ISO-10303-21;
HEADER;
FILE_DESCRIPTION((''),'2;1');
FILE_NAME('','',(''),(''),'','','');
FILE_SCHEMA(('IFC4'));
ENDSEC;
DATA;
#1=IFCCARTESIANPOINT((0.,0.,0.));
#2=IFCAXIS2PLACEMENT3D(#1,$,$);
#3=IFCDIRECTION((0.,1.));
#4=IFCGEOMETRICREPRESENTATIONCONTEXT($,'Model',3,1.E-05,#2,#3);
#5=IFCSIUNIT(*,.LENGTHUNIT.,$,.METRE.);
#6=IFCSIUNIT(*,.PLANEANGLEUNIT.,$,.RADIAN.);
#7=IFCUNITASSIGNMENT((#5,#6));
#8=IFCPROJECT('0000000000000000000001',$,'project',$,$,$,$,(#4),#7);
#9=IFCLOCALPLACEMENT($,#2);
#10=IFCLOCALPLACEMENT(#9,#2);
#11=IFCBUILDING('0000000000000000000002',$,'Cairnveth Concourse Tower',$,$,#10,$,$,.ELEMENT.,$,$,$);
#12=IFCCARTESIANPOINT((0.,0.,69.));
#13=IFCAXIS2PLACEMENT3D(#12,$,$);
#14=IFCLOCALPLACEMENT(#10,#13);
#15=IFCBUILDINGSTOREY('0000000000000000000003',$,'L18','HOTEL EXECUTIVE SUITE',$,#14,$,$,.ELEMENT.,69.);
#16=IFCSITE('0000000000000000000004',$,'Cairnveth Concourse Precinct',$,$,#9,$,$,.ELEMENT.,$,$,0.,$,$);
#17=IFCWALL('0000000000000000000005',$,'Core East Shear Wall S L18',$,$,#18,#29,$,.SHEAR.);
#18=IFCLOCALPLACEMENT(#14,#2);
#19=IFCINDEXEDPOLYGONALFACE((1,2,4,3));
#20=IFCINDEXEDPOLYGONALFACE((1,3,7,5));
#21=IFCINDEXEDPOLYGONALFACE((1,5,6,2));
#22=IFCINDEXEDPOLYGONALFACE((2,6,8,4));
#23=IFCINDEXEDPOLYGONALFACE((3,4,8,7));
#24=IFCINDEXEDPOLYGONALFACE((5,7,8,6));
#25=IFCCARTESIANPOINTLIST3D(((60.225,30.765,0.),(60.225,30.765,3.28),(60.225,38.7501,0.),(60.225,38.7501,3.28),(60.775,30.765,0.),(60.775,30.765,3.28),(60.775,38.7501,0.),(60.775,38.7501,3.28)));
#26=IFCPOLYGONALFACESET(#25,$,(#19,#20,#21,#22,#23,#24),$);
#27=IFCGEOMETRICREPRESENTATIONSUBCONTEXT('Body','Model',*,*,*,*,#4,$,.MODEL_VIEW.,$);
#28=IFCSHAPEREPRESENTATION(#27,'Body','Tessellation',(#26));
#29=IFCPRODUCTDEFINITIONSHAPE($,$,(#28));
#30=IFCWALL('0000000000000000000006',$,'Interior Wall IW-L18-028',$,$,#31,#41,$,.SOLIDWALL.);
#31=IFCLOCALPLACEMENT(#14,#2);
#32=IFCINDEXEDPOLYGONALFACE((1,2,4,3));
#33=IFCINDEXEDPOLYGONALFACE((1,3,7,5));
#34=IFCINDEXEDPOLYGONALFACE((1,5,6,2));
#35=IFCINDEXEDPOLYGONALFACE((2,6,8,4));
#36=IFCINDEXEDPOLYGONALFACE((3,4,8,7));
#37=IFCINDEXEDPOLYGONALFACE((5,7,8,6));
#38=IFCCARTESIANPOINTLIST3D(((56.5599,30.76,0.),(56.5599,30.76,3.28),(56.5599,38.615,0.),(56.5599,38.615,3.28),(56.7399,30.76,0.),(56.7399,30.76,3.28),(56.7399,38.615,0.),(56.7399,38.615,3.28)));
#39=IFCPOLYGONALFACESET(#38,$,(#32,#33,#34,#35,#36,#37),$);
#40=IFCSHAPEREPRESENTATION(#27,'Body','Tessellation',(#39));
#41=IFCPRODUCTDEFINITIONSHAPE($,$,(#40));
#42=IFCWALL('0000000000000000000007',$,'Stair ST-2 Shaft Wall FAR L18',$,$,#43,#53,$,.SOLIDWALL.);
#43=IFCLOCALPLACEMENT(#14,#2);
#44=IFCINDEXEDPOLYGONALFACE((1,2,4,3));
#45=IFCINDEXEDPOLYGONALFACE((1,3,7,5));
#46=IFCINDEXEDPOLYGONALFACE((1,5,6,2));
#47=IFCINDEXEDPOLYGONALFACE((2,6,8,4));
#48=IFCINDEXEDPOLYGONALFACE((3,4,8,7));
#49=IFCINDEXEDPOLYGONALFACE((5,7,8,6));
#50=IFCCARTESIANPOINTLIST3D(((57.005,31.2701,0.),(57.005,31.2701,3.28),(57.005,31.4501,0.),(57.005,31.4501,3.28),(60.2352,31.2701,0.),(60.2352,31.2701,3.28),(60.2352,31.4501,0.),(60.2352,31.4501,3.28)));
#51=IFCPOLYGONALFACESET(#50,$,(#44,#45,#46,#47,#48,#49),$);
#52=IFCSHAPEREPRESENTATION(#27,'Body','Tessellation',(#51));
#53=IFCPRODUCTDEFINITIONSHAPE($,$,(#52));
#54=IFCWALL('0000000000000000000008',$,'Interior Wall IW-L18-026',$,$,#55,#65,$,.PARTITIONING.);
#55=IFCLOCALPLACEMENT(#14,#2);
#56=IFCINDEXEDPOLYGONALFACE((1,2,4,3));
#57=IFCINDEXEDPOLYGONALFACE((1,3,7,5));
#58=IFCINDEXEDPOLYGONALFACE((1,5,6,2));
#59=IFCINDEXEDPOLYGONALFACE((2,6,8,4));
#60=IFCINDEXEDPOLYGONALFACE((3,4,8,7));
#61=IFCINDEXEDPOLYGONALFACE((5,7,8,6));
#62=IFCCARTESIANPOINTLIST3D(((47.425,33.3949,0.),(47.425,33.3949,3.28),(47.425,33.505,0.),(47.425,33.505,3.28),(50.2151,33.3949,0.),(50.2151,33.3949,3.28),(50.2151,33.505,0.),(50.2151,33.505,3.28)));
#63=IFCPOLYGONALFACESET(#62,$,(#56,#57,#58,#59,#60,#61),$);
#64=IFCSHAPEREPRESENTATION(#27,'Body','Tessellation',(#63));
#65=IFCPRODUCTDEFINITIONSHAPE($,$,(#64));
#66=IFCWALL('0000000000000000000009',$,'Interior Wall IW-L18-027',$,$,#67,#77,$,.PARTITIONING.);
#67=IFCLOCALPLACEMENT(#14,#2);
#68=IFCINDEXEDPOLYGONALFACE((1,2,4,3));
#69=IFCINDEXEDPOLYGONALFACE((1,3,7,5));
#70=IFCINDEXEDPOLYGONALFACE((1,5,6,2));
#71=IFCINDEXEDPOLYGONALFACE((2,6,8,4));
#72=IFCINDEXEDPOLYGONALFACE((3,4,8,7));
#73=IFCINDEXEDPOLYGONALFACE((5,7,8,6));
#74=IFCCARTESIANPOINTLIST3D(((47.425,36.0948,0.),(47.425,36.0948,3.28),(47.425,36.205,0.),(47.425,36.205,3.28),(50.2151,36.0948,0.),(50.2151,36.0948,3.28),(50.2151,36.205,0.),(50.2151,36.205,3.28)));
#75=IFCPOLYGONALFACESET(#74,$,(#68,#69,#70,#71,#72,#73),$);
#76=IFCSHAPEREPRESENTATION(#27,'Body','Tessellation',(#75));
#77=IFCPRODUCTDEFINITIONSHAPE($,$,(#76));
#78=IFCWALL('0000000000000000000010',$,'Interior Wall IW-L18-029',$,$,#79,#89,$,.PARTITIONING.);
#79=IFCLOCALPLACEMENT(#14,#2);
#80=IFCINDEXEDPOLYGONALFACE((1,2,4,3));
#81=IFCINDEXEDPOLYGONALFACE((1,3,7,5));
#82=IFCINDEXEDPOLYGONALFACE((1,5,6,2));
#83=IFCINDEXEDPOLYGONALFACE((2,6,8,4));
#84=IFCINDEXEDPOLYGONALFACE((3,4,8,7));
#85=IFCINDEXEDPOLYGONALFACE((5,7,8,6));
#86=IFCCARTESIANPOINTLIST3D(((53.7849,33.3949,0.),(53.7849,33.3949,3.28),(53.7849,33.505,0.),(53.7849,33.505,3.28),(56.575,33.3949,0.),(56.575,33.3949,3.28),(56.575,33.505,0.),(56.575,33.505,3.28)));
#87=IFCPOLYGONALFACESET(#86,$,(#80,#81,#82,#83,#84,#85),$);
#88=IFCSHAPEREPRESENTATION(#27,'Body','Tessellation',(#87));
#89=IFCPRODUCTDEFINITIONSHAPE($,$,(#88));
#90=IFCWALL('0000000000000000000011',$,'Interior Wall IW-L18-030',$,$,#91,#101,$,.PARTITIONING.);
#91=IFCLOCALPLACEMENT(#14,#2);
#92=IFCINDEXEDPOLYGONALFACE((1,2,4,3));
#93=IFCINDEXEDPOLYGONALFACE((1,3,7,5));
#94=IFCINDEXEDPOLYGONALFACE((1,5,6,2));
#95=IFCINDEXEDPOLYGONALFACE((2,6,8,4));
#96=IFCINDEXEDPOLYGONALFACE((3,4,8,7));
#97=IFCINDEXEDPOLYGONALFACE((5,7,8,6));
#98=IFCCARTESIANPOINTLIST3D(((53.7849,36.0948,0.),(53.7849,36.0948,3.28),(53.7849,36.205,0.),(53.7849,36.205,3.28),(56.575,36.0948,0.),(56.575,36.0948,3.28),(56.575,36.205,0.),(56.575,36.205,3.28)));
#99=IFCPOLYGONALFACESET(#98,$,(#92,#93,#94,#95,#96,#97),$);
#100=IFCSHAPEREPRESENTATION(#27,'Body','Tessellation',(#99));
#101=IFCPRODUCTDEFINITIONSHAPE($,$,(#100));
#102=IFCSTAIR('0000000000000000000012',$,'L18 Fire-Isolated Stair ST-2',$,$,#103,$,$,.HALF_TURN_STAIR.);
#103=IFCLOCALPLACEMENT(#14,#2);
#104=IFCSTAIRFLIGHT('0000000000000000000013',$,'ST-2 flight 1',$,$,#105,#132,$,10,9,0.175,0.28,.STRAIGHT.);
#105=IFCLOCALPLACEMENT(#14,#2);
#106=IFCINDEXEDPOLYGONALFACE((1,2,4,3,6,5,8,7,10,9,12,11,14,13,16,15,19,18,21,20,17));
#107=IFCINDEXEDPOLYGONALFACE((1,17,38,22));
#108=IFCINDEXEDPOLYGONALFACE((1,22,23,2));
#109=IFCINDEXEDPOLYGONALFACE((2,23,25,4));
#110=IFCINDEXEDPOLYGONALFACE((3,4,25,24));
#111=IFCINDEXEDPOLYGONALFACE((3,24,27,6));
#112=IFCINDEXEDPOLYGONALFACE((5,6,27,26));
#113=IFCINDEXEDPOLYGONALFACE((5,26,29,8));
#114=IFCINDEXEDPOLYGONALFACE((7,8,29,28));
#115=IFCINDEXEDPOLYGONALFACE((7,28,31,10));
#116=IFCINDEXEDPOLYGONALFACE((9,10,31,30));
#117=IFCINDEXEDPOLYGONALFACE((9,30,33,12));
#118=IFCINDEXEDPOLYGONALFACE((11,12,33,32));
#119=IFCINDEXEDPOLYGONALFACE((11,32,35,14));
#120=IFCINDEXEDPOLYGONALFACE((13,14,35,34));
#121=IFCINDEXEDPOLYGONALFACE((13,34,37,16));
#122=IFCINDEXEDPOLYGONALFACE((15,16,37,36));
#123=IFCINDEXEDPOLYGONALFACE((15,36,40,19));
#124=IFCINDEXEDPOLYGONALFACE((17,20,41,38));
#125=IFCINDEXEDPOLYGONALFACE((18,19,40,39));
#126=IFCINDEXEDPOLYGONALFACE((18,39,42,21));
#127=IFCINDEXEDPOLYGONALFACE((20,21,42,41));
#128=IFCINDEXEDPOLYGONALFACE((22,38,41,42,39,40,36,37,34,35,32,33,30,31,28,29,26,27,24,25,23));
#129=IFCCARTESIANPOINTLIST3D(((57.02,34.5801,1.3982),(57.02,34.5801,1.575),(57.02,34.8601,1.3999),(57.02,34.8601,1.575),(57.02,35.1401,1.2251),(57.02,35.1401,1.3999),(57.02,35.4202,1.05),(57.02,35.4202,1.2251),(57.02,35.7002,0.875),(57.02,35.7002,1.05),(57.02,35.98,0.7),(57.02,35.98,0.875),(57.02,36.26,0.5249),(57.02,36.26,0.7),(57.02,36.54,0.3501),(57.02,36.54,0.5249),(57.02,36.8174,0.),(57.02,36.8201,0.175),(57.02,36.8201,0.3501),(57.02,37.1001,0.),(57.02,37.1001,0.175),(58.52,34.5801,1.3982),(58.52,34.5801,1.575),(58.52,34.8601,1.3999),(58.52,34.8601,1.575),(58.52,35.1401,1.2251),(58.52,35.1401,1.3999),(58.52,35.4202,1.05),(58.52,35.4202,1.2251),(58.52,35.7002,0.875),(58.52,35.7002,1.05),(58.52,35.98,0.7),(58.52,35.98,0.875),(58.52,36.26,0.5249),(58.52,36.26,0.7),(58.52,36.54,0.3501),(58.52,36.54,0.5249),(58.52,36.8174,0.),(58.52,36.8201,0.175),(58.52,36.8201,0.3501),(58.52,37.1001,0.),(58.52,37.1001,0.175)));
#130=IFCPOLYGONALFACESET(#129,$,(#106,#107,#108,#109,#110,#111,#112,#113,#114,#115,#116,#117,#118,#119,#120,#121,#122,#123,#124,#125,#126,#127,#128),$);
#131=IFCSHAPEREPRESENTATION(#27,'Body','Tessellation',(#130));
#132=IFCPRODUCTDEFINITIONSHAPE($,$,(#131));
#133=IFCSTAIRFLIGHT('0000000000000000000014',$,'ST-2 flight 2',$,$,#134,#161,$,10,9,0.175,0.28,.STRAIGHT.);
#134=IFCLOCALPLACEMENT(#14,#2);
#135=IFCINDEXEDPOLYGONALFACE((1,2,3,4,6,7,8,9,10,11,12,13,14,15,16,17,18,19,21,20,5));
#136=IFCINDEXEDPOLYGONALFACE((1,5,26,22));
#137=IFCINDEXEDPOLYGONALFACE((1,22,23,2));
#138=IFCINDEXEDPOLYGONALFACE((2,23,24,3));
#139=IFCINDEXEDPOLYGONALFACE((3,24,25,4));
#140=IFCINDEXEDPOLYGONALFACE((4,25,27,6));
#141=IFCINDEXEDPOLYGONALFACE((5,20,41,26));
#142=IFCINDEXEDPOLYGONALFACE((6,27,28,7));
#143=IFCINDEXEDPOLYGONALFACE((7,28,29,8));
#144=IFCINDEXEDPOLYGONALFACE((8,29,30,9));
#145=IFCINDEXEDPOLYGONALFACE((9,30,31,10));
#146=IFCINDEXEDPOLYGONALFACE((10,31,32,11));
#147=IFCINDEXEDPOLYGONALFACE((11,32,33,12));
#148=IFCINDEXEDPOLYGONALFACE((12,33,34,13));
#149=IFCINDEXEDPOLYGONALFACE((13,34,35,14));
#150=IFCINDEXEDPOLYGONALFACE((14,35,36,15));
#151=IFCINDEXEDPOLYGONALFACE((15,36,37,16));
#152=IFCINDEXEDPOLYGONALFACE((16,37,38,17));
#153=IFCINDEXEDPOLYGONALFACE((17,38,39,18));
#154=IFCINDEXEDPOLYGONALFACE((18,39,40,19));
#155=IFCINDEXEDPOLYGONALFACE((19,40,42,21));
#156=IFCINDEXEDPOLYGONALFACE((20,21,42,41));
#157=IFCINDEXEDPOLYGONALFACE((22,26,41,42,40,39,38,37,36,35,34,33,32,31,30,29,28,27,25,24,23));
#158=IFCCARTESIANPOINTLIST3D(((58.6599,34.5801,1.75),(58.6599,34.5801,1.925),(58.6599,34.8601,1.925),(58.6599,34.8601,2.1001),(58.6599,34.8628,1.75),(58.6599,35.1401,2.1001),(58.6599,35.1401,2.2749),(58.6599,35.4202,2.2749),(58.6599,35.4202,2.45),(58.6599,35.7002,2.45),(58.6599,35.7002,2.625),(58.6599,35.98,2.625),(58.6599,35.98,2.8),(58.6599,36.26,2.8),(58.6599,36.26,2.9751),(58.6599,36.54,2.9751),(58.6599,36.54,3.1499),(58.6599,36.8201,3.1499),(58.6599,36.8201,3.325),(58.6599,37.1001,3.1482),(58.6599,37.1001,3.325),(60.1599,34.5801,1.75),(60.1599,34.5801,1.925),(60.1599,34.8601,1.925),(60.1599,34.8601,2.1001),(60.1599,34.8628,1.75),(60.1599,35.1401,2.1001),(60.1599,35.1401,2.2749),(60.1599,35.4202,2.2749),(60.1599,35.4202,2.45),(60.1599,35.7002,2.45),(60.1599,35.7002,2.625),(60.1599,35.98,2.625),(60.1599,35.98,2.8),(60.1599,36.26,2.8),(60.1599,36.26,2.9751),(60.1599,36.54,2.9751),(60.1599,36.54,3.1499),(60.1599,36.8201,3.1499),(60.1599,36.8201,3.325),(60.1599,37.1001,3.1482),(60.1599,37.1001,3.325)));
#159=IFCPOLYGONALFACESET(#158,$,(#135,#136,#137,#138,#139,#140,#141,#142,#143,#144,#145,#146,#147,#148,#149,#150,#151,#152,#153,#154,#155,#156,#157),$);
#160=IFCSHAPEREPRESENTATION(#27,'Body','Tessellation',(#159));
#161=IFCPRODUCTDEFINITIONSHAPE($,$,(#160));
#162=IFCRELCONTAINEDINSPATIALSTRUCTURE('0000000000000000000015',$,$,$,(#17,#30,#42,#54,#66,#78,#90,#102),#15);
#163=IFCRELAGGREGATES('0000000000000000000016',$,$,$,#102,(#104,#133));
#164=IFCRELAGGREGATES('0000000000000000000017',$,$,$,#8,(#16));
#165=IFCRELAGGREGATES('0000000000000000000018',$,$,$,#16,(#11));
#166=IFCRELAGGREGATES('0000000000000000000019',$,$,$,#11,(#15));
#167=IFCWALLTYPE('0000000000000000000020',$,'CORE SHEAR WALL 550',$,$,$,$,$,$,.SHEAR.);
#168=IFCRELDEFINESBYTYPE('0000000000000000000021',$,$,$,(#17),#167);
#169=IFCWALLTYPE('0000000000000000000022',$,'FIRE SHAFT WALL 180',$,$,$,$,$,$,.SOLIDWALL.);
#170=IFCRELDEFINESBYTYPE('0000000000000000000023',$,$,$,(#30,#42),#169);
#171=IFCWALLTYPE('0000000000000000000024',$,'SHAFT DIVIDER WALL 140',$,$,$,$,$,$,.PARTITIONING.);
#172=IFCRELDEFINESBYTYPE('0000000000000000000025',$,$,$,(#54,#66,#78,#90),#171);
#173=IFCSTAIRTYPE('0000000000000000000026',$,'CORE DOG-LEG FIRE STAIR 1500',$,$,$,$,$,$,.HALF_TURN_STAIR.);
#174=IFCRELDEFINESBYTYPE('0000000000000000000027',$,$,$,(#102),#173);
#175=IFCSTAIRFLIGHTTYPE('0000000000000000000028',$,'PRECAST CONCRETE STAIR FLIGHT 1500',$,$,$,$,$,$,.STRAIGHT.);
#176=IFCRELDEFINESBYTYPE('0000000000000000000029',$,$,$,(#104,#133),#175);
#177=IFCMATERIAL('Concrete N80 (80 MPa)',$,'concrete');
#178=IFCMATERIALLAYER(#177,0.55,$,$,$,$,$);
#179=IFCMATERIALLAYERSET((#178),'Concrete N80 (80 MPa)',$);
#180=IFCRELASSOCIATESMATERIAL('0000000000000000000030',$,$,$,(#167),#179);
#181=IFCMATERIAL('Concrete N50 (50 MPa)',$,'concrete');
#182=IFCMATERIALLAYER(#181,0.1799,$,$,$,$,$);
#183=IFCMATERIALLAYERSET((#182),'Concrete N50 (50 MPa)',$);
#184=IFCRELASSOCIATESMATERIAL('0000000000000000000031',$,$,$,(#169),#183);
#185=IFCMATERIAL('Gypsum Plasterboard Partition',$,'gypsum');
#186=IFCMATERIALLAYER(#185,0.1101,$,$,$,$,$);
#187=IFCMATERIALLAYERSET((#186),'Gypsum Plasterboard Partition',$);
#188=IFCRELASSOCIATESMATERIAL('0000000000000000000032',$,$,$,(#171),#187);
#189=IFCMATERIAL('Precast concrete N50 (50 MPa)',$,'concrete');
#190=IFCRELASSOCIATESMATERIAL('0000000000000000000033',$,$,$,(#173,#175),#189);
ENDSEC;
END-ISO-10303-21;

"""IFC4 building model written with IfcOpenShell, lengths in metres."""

from ifc_helpers import new_model, si_unit, direction, frame, frame_2d, origin, place, context, subcontext, project, spatial, polyline, rectangle, outline, extrude, material, layer, layer_set, type_object, element, aggregate, save


model = new_model("IFC4")

# Units and contexts
model_context = context("Model", 3, precision=1e-05, world=origin(), true_north=direction((0.0, 1.0)))
body_context = subcontext(model_context, "Body", "Model", "MODEL_VIEW")
ifc_project = project(units=[si_unit("LENGTHUNIT", "METRE"), si_unit("PLANEANGLEUNIT", "RADIAN")], contexts=[model_context])

# Site, building, storey
site_placement = place(None, origin())
site = spatial("IfcSite", under=ifc_project, at=site_placement, Name="Cairnveth Concourse Precinct", CompositionType="ELEMENT", RefElevation=0.0)
building_placement = place(site_placement, origin())
building = spatial("IfcBuilding", under=site, at=building_placement, Name="Cairnveth Concourse Tower", CompositionType="ELEMENT")
storey_placement = place(building_placement, frame((0.0, 0.0, 69.0)))
storey = spatial("IfcBuildingStorey", under=building, at=storey_placement, Name="L18", Description="HOTEL EXECUTIVE SUITE", CompositionType="ELEMENT", Elevation=69.0)

# Walls
ifc_material_1 = material(Name="Concrete N80 (80 MPa)", Category="concrete")
ifc_layer_1 = layer(ifc_material_1, 0.55)
ifc_layer_set_1 = layer_set([ifc_layer_1], Name="Concrete N80 (80 MPa)")
wall_type_1 = type_object("IfcWallType", Name="CORE SHEAR WALL 550", PredefinedType="SHEAR", material=ifc_layer_set_1)
wall_1_placement = place(storey_placement, frame((60.5, 30.7649, 0.0), z_axis=(0.0, 0.0, 1.0), x_axis=(0.0, 1.0, 0.0)))
element("IfcWall", 1, at=wall_1_placement, inside=storey, type_object=wall_type_1, Name="Core East Shear Wall S L18", PredefinedType="SHEAR", context=body_context, shape_type="SweptSolid", body=[
    extrude(rectangle(XDim=7.9851, YDim=0.55, at=frame_2d((3.9927, 0.0))), origin(), (0.0, 0.0, 1.0), 3.28),
])
ifc_material_2 = material(Name="Concrete N50 (50 MPa)", Category="concrete")
ifc_layer_2 = layer(ifc_material_2, 0.1799)
ifc_layer_set_2 = layer_set([ifc_layer_2], Name="Concrete N50 (50 MPa)")
wall_type_2 = type_object("IfcWallType", Name="FIRE SHAFT WALL 180", PredefinedType="SOLIDWALL", material=ifc_layer_set_2)
wall_2_placement = place(storey_placement, frame((56.6499, 30.76, 0.0), z_axis=(0.0, 0.0, 1.0), x_axis=(0.0, 1.0, 0.0)))
element("IfcWall", 2, at=wall_2_placement, inside=storey, type_object=wall_type_2, Name="Interior Wall IW-L18-028", PredefinedType="SOLIDWALL", context=body_context, shape_type="SweptSolid", body=[
    extrude(rectangle(XDim=7.855, YDim=0.1799, at=frame_2d((3.9275, 0.0))), origin(), (0.0, 0.0, 1.0), 3.28),
])

# Walls
wall_3_placement = place(storey_placement, frame((57.0049, 31.3601, 0.0), z_axis=(0.0, 0.0, 1.0), x_axis=(1.0, 0.0, 0.0)))
element("IfcWall", 3, at=wall_3_placement, inside=storey, type_object=wall_type_2, Name="Stair ST-2 Shaft Wall FAR L18", PredefinedType="SOLIDWALL", context=body_context, shape_type="SweptSolid", body=[
    extrude(rectangle(XDim=3.2302, YDim=0.1799, at=frame_2d((1.6152, 0.0))), origin(), (0.0, 0.0, 1.0), 3.28),
])
ifc_material_3 = material(Name="Gypsum Plasterboard Partition", Category="gypsum")
ifc_layer_3 = layer(ifc_material_3, 0.1101)
ifc_layer_set_3 = layer_set([ifc_layer_3], Name="Gypsum Plasterboard Partition")
wall_type_3 = type_object("IfcWallType", Name="SHAFT DIVIDER WALL 140", PredefinedType="PARTITIONING", material=ifc_layer_set_3)
for number, where, z_axis, x_axis, name in (
    (4, (47.425, 33.45, 0.0), (0.0, 0.0, 1.0), (1.0, 0.0, 0.0), "Interior Wall IW-L18-026"),
    (5, (47.425, 36.1499, 0.0), (0.0, 0.0, 1.0), (1.0, 0.0, 0.0), "Interior Wall IW-L18-027"),
    (6, (53.7849, 33.45, 0.0), (0.0, 0.0, 1.0), (1.0, 0.0, 0.0), "Interior Wall IW-L18-029"),
    (7, (53.7849, 36.1499, 0.0), (0.0, 0.0, 1.0), (1.0, 0.0, 0.0), "Interior Wall IW-L18-030"),
):
    element("IfcWall", number, at=place(storey_placement, frame(where, z_axis=z_axis, x_axis=x_axis)), inside=storey, type_object=wall_type_3, Name=name, PredefinedType="PARTITIONING", context=body_context, shape_type="SweptSolid", body=[
        extrude(rectangle(XDim=2.79, YDim=0.1101, at=frame_2d((1.395, 0.0))), origin(), (0.0, 0.0, 1.0), 3.28),
    ])

# Stair, stair flights
ifc_material_4 = material(Name="Precast concrete N50 (50 MPa)", Category="concrete")
stair_type = type_object("IfcStairType", Name="CORE DOG-LEG FIRE STAIR 1500", PredefinedType="HALF_TURN_STAIR", material=ifc_material_4)
stair_placement = place(storey_placement, origin())
stair = element("IfcStair", 8, at=stair_placement, inside=storey, type_object=stair_type, Name="L18 Fire-Isolated Stair ST-2", PredefinedType="HALF_TURN_STAIR")
stair_flight_type = type_object("IfcStairFlightType", Name="PRECAST CONCRETE STAIR FLIGHT 1500", PredefinedType="STRAIGHT", material=ifc_material_4)
stair_flight_1_placement = place(storey_placement, frame((57.77, 37.1001, 0.0), z_axis=(0.0, 0.0, 1.0), x_axis=(0.0, -1.0, 0.0)))
stair_flight_1 = element("IfcStairFlight", 9, at=stair_flight_1_placement, type_object=stair_flight_type, Name="ST-2 flight 1", NumberOfRisers=10, NumberOfTreads=9, PredefinedType="STRAIGHT", RiserHeight=0.175, TreadLength=0.28, context=body_context, shape_type="SweptSolid", body=[
    extrude(outline(polyline([(0.0, 0.0), (0.0, 0.175), (0.28, 0.175), (0.28, 0.3501), (0.5601, 0.3501), (0.5601, 0.5249), (0.8401, 0.5249), (0.8401, 0.7), (1.1201, 0.7), (1.1201, 0.875), (1.3999, 0.875), (1.3999, 1.05), (1.6799, 1.05), (1.6799, 1.2251), (1.96, 1.2251), (1.96, 1.3999), (2.24, 1.3999), (2.24, 1.575), (2.52, 1.575), (2.52, 1.75), (2.52, 1.3982), (0.2827, 0.0), (0.0, 0.0)])), frame((0.0, 0.75, 0.0), z_axis=(0.0, -1.0, 0.0), x_axis=(1.0, 0.0, 0.0)), (0.0, 0.0, 1.0), 1.5),
])
stair_flight_2_placement = place(storey_placement, frame((59.4099, 34.5801, 1.75), z_axis=(0.0, 0.0, 1.0), x_axis=(0.0, 1.0, 0.0)))
stair_flight_2 = element("IfcStairFlight", 10, at=stair_flight_2_placement, type_object=stair_flight_type, Name="ST-2 flight 2", NumberOfRisers=10, NumberOfTreads=9, PredefinedType="STRAIGHT", RiserHeight=0.175, TreadLength=0.28, context=body_context, shape_type="SweptSolid", body=[
    extrude(outline(polyline([(0.0, 0.0), (0.0, 0.175), (0.28, 0.175), (0.28, 0.3501), (0.5601, 0.3501), (0.5601, 0.5249), (0.8401, 0.5249), (0.8401, 0.7), (1.1201, 0.7), (1.1201, 0.875), (1.3999, 0.875), (1.3999, 1.05), (1.6799, 1.05), (1.6799, 1.2251), (1.96, 1.2251), (1.96, 1.3999), (2.24, 1.3999), (2.24, 1.575), (2.52, 1.575), (2.52, 1.75), (2.52, 1.3982), (0.2827, 0.0), (0.0, 0.0)])), frame((0.0, 0.75, 0.0), z_axis=(0.0, -1.0, 0.0), x_axis=(1.0, 0.0, 0.0)), (0.0, 0.0, 1.0), 1.5),
])
aggregate(stair, [stair_flight_1, stair_flight_2])

save(model, "model.ifc")
